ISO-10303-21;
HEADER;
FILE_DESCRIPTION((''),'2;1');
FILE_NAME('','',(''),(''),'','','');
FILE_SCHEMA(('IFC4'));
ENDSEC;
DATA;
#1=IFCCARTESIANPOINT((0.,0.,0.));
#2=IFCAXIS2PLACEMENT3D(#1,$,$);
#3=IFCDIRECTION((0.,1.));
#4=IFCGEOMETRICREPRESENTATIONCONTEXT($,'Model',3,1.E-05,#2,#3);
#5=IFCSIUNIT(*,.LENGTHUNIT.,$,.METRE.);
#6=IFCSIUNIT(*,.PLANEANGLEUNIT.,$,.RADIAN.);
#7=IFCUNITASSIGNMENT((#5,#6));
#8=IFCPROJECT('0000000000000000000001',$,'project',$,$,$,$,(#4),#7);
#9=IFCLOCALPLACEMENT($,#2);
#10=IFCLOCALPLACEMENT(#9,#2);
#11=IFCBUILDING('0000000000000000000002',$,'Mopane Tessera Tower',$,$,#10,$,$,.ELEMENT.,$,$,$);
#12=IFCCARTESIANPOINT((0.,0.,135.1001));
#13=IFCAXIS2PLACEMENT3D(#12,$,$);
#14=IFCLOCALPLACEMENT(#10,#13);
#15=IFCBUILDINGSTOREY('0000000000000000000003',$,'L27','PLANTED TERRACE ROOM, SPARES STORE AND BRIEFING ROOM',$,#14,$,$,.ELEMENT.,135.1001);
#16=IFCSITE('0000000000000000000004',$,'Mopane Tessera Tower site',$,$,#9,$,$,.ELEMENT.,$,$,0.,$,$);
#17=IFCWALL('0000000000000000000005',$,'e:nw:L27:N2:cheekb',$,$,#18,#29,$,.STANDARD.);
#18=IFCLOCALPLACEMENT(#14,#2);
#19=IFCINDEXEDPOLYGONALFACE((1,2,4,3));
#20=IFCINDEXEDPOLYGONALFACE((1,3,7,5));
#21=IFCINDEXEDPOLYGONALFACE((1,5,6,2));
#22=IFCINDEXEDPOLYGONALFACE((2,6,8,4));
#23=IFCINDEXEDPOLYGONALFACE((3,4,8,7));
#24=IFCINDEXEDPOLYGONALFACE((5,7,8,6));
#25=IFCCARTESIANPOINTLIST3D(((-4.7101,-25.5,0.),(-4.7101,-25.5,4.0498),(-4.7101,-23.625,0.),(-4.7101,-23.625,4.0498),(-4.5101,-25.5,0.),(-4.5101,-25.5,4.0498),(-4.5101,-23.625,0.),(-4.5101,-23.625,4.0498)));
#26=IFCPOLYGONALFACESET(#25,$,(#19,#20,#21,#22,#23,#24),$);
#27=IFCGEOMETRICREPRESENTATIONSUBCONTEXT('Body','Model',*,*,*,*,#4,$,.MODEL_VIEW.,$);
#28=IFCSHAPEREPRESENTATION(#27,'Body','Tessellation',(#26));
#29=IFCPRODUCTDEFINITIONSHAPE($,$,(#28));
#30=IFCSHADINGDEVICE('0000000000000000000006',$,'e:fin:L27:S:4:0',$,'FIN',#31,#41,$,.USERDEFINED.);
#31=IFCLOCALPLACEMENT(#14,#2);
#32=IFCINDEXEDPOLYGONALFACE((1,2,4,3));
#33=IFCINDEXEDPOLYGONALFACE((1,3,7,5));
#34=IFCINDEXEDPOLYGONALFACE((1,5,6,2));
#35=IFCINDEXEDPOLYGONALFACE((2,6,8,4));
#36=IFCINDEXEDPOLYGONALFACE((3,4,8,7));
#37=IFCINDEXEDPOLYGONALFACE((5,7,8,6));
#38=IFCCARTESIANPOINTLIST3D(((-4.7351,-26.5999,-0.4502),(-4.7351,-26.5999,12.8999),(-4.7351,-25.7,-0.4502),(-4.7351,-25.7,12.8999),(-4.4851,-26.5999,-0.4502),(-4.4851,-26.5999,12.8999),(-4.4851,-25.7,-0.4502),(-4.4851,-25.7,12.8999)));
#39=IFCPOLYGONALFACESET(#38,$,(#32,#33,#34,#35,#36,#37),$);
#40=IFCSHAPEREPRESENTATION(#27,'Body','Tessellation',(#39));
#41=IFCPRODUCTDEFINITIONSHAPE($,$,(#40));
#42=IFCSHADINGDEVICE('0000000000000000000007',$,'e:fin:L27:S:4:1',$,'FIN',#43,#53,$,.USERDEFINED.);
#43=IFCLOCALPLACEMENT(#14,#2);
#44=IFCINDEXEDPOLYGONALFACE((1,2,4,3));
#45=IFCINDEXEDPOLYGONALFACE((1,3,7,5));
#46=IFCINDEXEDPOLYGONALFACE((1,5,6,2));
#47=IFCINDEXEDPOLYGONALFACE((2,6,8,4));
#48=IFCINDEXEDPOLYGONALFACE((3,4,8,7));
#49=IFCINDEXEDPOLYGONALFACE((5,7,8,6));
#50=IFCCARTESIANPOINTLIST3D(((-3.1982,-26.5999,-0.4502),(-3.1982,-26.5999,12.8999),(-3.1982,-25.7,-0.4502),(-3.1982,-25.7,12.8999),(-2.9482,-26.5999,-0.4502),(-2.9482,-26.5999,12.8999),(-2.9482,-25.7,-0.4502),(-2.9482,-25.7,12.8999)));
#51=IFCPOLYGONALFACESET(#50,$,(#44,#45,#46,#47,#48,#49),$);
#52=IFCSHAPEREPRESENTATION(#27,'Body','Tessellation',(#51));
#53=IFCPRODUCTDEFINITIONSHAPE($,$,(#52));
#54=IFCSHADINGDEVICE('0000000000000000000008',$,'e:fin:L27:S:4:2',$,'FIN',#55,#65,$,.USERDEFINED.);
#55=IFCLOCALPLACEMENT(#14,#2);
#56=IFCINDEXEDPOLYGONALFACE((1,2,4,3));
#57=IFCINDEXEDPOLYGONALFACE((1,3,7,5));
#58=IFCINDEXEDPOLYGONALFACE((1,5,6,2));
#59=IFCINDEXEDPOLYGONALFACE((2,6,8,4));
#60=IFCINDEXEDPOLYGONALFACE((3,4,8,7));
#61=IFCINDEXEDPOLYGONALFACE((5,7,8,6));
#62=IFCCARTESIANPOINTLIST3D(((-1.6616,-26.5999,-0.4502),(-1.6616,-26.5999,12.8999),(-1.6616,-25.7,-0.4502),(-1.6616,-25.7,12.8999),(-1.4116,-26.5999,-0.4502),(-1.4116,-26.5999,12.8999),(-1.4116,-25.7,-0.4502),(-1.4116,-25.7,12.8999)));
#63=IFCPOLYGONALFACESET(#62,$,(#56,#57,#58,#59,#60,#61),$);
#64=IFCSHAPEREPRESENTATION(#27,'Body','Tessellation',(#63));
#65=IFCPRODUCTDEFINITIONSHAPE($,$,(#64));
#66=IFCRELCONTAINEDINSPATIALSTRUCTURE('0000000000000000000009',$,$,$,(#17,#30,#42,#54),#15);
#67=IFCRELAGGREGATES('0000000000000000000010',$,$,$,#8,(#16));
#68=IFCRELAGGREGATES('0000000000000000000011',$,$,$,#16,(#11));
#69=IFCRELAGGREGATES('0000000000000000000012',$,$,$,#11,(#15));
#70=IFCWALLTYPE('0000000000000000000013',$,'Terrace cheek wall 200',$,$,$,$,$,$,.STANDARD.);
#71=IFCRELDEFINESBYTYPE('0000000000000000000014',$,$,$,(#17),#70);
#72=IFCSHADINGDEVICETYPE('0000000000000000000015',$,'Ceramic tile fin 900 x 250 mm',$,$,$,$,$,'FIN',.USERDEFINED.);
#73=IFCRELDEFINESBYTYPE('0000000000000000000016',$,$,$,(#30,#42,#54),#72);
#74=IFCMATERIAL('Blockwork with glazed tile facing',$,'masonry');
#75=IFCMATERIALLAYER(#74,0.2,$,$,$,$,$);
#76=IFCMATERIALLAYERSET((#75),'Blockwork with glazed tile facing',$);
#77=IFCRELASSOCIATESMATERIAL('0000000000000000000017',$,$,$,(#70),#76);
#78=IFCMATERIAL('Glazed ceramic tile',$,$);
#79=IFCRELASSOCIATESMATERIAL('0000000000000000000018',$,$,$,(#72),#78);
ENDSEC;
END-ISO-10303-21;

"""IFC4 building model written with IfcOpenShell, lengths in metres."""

from ifc_helpers import new_model, si_unit, direction, frame, frame_2d, origin, origin_2d, place, context, subcontext, project, spatial, rectangle, extrude, material, layer, layer_set, type_object, element, save


model = new_model("IFC4")

# Units and contexts
model_context = context("Model", 3, precision=1e-05, world=origin(), true_north=direction((0.0, 1.0)))
body_context = subcontext(model_context, "Body", "Model", "MODEL_VIEW")
ifc_project = project(units=[si_unit("LENGTHUNIT", "METRE"), si_unit("PLANEANGLEUNIT", "RADIAN")], contexts=[model_context])

# Site, building, storey
site_placement = place(None, origin())
site = spatial("IfcSite", under=ifc_project, at=site_placement, Name="Mopane Tessera Tower site", CompositionType="ELEMENT", RefElevation=0.0)
building_placement = place(site_placement, origin())
building = spatial("IfcBuilding", under=site, at=building_placement, Name="Mopane Tessera Tower", CompositionType="ELEMENT")
storey_placement = place(building_placement, frame((0.0, 0.0, 135.1001)))
storey = spatial("IfcBuildingStorey", under=building, at=storey_placement, Name="L27", Description="PLANTED TERRACE ROOM, SPARES STORE AND BRIEFING ROOM", CompositionType="ELEMENT", Elevation=135.1001)

# Wall
ifc_material_1 = material(Name="Blockwork with glazed tile facing", Category="masonry")
ifc_layer_1 = layer(ifc_material_1, 0.2)
ifc_layer_set_1 = layer_set([ifc_layer_1], Name="Blockwork with glazed tile facing")
wall_type_1 = type_object("IfcWallType", Name="Terrace cheek wall 200", PredefinedType="STANDARD", material=ifc_layer_set_1)
wall_1_placement = place(storey_placement, frame((-4.6101, -25.5, 0.0), z_axis=(0.0, 0.0, 1.0), x_axis=(0.0, 1.0, 0.0)))
element("IfcWall", 1, at=wall_1_placement, inside=storey, type_object=wall_type_1, Name="e:nw:L27:N2:cheekb", PredefinedType="STANDARD", context=body_context, shape_type="SweptSolid", body=[
    extrude(rectangle(XDim=1.875, YDim=0.2, at=frame_2d((0.9375, 0.0))), origin(), (0.0, 0.0, 1.0), 4.0498),
])

# Shading devices
ifc_material_2 = material(Name="Glazed ceramic tile")
shading_device_type = type_object("IfcShadingDeviceType", Name="Ceramic tile fin 900 x 250 mm", ElementType="FIN", PredefinedType="USERDEFINED", material=ifc_material_2)
for number, where, z_axis, x_axis, name in (
    (2, (-4.6101, -26.1499, -0.4502), (0.0, 0.0, 1.0), (1.0, 0.0, 0.0), "e:fin:L27:S:4:0"),
    (3, (-3.0732, -26.1499, -0.4502), (0.0, 0.0, 1.0), (1.0, 0.0, 0.0), "e:fin:L27:S:4:1"),
    (4, (-1.5366, -26.1499, -0.4502), (0.0, 0.0, 1.0), (1.0, 0.0, 0.0), "e:fin:L27:S:4:2"),
):
    element("IfcShadingDevice", number, at=place(storey_placement, frame(where, z_axis=z_axis, x_axis=x_axis)), inside=storey, type_object=shading_device_type, Name=name, ObjectType="FIN", PredefinedType="USERDEFINED", context=body_context, shape_type="SweptSolid", body=[
        extrude(rectangle(XDim=0.25, YDim=0.8999, at=origin_2d()), origin(), (0.0, 0.0, 1.0), 13.3501),
    ])

save(model, "model.ifc")
